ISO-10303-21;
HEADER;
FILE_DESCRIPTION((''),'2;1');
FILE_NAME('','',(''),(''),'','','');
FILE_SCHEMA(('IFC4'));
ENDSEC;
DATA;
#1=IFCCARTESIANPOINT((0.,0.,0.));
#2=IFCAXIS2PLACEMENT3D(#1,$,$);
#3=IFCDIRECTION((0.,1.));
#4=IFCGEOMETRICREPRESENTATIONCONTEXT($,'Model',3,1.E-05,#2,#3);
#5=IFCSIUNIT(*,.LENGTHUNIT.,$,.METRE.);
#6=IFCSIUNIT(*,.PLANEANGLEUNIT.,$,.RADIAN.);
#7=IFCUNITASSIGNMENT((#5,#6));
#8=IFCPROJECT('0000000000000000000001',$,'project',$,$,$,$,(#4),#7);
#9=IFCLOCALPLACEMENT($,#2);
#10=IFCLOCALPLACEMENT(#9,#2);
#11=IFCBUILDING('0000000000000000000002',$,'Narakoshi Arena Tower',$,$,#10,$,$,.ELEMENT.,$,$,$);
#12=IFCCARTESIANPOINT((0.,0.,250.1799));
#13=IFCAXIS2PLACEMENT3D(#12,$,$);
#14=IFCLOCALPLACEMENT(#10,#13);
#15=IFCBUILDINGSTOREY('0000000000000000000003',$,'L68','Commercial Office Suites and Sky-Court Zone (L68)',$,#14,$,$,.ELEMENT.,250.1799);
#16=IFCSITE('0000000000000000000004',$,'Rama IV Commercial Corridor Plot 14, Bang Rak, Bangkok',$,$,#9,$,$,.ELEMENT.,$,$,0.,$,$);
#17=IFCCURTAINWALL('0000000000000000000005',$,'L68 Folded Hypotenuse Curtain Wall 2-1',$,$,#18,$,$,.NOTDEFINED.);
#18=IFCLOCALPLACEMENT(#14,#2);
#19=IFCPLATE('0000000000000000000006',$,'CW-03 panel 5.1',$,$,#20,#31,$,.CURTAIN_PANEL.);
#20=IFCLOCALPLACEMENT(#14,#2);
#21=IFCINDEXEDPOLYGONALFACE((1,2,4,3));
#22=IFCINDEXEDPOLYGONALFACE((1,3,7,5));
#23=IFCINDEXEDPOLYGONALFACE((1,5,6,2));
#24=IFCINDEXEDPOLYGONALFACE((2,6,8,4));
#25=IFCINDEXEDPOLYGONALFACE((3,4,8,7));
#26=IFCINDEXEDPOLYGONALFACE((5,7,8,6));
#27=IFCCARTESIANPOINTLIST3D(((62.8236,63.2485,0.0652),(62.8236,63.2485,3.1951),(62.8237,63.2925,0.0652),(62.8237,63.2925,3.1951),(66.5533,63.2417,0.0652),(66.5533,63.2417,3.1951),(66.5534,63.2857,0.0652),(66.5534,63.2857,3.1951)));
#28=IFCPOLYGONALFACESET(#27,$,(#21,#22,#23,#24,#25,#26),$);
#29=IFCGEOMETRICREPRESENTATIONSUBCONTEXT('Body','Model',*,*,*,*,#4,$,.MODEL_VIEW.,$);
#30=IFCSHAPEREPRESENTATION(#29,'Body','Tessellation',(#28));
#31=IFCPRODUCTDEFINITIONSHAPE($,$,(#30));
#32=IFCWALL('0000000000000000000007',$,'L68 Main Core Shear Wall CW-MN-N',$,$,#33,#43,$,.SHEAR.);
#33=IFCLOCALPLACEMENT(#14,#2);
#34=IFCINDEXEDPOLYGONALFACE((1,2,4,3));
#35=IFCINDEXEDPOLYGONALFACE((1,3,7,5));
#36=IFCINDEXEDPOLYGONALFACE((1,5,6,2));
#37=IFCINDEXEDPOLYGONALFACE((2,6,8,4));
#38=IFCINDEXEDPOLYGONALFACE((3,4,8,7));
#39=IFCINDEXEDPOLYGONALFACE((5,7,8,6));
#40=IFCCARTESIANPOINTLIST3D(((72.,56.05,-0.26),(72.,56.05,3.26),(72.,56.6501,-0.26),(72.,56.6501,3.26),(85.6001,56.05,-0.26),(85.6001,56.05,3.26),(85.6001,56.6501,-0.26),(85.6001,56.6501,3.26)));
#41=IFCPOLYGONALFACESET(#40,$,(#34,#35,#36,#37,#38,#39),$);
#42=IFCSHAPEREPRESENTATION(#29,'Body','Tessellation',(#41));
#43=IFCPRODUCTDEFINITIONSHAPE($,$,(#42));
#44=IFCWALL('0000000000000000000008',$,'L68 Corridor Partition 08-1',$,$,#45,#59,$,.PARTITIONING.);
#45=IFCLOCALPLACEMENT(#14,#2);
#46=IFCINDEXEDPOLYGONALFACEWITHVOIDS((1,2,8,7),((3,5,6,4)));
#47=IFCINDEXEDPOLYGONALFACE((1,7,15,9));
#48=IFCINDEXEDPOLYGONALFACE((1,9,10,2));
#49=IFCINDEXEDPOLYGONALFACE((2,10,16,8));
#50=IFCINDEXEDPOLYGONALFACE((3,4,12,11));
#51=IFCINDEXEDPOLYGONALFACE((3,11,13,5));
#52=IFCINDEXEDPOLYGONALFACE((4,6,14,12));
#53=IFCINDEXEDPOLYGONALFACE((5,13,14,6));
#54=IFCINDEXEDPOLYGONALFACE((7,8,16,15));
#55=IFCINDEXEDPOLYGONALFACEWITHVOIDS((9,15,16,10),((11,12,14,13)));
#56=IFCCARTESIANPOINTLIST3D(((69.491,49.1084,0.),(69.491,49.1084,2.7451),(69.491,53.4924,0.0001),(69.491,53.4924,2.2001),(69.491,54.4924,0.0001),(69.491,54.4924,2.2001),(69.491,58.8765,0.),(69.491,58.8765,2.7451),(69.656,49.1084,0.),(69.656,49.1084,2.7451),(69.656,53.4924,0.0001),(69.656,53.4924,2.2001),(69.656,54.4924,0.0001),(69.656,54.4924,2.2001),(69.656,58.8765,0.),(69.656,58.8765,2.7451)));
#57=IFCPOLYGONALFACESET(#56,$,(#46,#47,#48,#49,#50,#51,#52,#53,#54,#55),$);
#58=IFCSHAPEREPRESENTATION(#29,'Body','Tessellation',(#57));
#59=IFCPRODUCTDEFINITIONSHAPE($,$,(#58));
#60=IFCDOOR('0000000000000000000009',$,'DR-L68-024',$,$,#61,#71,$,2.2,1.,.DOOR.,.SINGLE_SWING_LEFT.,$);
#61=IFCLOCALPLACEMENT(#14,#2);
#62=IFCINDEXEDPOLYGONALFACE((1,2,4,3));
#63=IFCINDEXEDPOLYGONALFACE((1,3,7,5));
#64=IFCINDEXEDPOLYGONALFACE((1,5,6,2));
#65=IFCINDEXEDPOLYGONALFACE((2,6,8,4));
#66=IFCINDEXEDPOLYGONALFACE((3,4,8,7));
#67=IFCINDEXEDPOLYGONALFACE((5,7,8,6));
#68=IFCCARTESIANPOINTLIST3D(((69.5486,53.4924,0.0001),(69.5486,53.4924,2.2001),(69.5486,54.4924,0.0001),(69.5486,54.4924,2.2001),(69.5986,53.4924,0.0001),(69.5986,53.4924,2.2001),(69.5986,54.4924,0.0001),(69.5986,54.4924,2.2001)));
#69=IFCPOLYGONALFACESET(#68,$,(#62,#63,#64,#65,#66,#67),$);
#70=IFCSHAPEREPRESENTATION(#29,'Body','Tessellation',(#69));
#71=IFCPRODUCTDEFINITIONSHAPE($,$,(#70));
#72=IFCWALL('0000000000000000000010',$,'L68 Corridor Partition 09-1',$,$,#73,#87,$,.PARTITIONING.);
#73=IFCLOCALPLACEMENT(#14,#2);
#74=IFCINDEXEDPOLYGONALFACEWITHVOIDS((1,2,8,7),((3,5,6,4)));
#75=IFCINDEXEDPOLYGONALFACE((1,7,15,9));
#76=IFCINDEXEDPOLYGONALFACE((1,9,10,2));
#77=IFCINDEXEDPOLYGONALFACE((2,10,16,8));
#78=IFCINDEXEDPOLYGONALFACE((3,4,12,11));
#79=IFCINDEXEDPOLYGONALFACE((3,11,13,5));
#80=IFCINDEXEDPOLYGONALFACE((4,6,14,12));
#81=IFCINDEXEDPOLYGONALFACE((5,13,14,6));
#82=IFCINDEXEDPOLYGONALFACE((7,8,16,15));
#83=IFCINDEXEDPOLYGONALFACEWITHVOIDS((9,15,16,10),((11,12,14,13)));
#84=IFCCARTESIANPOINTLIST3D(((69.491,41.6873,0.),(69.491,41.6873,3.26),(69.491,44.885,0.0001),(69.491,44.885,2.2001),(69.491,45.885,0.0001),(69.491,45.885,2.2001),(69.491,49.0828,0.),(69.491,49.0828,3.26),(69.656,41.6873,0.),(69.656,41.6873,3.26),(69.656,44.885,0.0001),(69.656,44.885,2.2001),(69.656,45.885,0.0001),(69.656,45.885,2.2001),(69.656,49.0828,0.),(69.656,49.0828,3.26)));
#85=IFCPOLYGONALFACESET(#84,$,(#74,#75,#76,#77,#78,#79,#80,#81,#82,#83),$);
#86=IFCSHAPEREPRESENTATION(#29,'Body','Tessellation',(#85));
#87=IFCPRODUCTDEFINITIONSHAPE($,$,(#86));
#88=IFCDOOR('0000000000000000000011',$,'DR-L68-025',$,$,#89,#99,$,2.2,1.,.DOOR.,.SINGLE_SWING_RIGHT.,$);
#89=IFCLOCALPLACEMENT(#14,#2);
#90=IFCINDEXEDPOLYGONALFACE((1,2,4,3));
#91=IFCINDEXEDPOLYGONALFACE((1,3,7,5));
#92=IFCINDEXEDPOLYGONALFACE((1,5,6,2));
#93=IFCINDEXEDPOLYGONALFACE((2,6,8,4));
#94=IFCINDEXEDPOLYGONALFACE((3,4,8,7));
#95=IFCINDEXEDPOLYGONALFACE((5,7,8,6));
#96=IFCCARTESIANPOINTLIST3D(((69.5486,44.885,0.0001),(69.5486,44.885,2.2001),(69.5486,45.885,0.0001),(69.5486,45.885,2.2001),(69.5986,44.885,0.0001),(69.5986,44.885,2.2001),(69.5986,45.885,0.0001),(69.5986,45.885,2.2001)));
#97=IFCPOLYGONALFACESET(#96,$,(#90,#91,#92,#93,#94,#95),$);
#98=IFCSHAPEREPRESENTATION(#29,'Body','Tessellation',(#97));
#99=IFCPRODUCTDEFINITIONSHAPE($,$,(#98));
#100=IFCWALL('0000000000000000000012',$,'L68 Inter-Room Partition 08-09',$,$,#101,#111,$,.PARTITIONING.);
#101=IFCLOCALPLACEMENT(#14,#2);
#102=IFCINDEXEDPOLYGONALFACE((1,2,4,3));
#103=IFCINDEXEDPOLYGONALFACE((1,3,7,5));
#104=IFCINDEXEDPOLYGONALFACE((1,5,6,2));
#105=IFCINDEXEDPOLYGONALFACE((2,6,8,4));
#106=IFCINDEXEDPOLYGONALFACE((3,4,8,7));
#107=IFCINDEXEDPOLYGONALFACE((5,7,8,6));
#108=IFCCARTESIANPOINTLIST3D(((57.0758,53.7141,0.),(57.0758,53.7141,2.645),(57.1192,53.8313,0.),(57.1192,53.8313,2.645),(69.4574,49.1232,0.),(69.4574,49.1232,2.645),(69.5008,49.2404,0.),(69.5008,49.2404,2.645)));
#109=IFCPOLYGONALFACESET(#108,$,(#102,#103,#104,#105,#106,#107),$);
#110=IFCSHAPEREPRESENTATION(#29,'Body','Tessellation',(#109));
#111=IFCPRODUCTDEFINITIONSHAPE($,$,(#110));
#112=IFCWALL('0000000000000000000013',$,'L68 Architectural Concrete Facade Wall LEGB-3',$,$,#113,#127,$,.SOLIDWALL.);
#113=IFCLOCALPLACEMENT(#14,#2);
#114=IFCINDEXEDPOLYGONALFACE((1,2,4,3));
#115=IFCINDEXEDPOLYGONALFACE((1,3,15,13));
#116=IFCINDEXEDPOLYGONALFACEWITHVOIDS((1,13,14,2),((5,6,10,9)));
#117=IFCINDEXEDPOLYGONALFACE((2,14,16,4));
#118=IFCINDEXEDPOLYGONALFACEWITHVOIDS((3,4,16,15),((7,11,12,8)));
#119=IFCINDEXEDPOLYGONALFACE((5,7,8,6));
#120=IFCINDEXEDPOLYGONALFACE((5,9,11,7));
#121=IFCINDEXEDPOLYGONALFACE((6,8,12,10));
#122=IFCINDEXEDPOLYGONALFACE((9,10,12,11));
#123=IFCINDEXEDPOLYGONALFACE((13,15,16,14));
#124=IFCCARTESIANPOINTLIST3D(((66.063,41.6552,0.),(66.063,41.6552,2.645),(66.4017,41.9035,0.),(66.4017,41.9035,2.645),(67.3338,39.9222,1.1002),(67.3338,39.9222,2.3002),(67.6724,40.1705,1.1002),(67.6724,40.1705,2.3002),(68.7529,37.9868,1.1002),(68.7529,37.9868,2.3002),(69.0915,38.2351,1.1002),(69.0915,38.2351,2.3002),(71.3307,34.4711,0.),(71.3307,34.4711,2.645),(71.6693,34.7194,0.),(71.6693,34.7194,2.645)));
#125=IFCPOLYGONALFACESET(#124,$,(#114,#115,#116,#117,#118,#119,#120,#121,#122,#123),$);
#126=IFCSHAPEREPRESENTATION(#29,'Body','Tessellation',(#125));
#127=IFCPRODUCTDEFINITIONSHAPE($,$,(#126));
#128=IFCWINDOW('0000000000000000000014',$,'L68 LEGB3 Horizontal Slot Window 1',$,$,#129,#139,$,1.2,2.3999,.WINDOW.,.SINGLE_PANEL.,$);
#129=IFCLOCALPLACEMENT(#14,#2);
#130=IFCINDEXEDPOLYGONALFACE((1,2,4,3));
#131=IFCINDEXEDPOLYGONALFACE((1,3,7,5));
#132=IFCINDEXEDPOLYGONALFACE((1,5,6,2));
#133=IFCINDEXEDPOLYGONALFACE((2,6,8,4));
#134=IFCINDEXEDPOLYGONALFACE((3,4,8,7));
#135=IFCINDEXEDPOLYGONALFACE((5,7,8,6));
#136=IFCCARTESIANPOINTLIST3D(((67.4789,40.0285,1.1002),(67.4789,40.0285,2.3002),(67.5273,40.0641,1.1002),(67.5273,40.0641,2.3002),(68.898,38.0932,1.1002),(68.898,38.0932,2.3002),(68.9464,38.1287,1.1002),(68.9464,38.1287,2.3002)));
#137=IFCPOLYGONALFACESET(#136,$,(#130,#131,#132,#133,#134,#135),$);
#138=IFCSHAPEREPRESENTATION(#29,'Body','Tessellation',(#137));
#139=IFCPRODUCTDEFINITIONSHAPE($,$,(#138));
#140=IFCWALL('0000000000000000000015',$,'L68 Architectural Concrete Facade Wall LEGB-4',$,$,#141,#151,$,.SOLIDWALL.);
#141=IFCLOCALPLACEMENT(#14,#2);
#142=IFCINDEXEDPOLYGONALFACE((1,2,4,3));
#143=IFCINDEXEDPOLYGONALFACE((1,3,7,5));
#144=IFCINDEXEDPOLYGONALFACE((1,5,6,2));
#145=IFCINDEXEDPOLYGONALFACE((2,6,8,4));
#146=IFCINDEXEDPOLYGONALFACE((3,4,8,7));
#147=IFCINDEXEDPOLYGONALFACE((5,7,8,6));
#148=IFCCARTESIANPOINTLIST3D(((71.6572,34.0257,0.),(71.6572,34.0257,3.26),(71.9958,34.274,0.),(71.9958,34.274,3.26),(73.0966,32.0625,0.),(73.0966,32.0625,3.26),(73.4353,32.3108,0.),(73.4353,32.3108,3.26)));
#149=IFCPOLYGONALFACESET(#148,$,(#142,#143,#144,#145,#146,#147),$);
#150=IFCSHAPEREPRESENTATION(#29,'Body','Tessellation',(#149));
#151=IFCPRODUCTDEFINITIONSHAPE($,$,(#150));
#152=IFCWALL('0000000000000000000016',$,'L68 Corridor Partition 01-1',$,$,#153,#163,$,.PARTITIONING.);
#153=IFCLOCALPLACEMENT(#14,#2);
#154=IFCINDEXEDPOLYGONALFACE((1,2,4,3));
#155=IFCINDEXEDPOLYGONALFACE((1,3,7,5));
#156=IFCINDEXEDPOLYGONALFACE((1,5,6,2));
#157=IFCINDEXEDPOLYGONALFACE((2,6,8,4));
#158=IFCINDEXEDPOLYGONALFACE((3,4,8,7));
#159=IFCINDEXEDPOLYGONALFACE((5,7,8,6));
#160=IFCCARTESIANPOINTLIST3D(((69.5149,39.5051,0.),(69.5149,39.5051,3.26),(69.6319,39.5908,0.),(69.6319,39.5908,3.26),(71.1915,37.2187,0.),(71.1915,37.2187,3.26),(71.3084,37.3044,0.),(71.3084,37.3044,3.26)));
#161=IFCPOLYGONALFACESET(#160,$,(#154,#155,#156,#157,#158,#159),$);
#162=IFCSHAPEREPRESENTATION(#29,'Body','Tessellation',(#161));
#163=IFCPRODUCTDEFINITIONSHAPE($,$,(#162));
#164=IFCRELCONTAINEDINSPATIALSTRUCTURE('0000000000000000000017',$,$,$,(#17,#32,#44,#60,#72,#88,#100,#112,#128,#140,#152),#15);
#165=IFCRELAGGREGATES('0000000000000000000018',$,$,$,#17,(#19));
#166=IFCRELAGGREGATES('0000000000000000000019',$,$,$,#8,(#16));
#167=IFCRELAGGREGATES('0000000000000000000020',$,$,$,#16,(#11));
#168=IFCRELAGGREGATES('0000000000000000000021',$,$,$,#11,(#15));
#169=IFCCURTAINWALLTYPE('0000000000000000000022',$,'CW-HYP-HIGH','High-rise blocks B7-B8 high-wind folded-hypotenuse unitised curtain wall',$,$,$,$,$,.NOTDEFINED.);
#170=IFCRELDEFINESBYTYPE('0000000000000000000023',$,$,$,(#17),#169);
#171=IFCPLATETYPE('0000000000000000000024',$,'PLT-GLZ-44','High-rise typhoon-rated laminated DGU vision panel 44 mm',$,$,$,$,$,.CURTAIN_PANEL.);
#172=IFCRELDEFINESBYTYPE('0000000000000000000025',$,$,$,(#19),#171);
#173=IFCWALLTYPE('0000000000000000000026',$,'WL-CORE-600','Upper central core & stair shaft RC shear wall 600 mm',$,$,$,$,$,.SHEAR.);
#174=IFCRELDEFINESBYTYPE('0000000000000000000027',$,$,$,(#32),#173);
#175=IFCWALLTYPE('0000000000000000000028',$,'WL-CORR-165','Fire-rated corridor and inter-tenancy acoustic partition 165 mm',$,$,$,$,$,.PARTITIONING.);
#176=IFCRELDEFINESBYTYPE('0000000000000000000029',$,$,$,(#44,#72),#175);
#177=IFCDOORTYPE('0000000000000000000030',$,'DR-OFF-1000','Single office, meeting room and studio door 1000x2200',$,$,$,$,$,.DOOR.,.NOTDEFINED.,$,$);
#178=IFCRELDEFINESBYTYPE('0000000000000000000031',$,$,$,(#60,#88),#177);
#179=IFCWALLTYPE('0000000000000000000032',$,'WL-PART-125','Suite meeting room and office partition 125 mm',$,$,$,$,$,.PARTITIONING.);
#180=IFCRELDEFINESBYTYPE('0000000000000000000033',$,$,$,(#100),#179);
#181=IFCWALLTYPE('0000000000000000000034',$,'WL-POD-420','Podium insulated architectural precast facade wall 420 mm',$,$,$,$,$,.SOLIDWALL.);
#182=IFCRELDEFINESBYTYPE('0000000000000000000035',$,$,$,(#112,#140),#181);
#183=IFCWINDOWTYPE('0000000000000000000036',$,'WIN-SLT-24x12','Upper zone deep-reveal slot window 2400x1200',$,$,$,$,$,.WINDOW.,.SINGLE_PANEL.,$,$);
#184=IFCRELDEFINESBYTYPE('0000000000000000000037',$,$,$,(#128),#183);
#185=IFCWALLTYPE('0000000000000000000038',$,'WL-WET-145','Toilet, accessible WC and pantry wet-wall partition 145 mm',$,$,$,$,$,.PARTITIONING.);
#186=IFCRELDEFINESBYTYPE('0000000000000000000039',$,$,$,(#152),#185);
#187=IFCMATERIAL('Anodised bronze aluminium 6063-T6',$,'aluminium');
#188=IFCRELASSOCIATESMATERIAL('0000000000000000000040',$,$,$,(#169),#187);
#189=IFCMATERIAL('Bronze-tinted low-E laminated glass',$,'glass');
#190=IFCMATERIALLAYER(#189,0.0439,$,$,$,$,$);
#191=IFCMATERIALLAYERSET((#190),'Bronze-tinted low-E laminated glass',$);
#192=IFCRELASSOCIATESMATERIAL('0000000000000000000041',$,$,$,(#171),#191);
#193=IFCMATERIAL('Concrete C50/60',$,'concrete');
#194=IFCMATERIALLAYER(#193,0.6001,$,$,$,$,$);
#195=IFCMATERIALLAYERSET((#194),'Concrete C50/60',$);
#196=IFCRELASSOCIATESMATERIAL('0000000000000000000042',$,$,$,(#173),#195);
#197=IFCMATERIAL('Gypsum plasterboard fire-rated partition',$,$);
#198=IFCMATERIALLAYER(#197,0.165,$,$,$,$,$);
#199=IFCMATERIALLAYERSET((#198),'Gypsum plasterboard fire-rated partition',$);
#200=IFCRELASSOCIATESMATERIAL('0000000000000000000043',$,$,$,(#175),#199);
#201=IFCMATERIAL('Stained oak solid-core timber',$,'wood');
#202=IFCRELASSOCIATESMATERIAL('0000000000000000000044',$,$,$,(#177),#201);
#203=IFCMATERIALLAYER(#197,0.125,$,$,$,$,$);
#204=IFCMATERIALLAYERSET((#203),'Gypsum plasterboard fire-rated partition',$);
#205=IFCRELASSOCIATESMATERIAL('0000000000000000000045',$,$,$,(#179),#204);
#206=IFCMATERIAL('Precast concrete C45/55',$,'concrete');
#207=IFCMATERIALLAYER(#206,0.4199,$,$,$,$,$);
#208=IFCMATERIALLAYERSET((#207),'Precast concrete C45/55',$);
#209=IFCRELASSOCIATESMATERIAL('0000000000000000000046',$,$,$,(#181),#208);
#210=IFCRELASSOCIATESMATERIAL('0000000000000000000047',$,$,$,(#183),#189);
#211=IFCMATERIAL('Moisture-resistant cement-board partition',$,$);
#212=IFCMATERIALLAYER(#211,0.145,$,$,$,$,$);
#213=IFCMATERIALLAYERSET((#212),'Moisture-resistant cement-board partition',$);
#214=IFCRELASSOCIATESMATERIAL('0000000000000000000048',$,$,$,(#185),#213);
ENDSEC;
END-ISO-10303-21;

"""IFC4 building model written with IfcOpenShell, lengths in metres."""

from ifc_helpers import new_model, si_unit, direction, frame, frame_2d, origin, origin_2d, place, context, subcontext, project, spatial, rectangle, extrude, material, layer, layer_set, type_object, element, fill, aggregate, save


model = new_model("IFC4")

# Units and contexts
model_context = context("Model", 3, precision=1e-05, world=origin(), true_north=direction((0.0, 1.0)))
body_context = subcontext(model_context, "Body", "Model", "MODEL_VIEW")
ifc_project = project(units=[si_unit("LENGTHUNIT", "METRE"), si_unit("PLANEANGLEUNIT", "RADIAN")], contexts=[model_context])

# Site, building, storey
site_placement = place(None, origin())
site = spatial("IfcSite", under=ifc_project, at=site_placement, Name="Rama IV Commercial Corridor Plot 14, Bang Rak, Bangkok", CompositionType="ELEMENT", RefElevation=0.0)
building_placement = place(site_placement, origin())
building = spatial("IfcBuilding", under=site, at=building_placement, Name="Narakoshi Arena Tower", CompositionType="ELEMENT")
storey_placement = place(building_placement, frame((0.0, 0.0, 250.1799)))
storey = spatial("IfcBuildingStorey", under=building, at=storey_placement, Name="L68", Description="Commercial Office Suites and Sky-Court Zone (L68)", CompositionType="ELEMENT", Elevation=250.1799)

# Shared definitions
ifc_material_1 = material(Name="Concrete C50/60", Category="concrete")

# Curtain wall, plate
ifc_material_2 = material(Name="Anodised bronze aluminium 6063-T6", Category="aluminium")
curtain_wall_type = type_object("IfcCurtainWallType", Name="CW-HYP-HIGH", Description="High-rise blocks B7-B8 high-wind folded-hypotenuse unitised curtain wall", PredefinedType="NOTDEFINED", material=ifc_material_2)
curtain_wall_placement = place(storey_placement, origin())
curtain_wall = element("IfcCurtainWall", 1, at=curtain_wall_placement, inside=storey, type_object=curtain_wall_type, Name="L68 Folded Hypotenuse Curtain Wall 2-1", PredefinedType="NOTDEFINED")
ifc_material_3 = material(Name="Bronze-tinted low-E laminated glass", Category="glass")
ifc_layer_1 = layer(ifc_material_3, 0.0439)
ifc_layer_set_1 = layer_set([ifc_layer_1], Name="Bronze-tinted low-E laminated glass")
plate_type = type_object("IfcPlateType", Name="PLT-GLZ-44", Description="High-rise typhoon-rated laminated DGU vision panel 44 mm", PredefinedType="CURTAIN_PANEL", material=ifc_layer_set_1)
plate_1_placement = place(storey_placement, frame((64.6885, 63.2671, 0.0652), z_axis=(0.0, 0.0, 1.0), x_axis=(-0.999998, 0.00182, 0.0)))
plate_1 = element("IfcPlate", 2, at=plate_1_placement, type_object=plate_type, Name="CW-03 panel 5.1", PredefinedType="CURTAIN_PANEL", context=body_context, shape_type="SweptSolid", body=[
    extrude(rectangle(XDim=3.7297, YDim=0.0439, at=origin_2d()), origin(), (0.0, 0.0, 1.0), 3.1299),
])
aggregate(curtain_wall, [plate_1])

# Wall
ifc_layer_2 = layer(ifc_material_1, 0.6001)
ifc_layer_set_2 = layer_set([ifc_layer_2], Name="Concrete C50/60")
wall_type_1 = type_object("IfcWallType", Name="WL-CORE-600", Description="Upper central core & stair shaft RC shear wall 600 mm", PredefinedType="SHEAR", material=ifc_layer_set_2)
wall_1_placement = place(storey_placement, frame((72.0, 56.3501, -0.26), z_axis=(0.0, 0.0, 1.0), x_axis=(1.0, 0.0, 0.0)))
element("IfcWall", 3, at=wall_1_placement, inside=storey, type_object=wall_type_1, Name="L68 Main Core Shear Wall CW-MN-N", PredefinedType="SHEAR", context=body_context, shape_type="SweptSolid", body=[
    extrude(rectangle(XDim=13.6001, YDim=0.6001, at=frame_2d((6.8, 0.0))), origin(), (0.0, 0.0, 1.0), 3.52),
])

# Walls, openings, doors
ifc_material_4 = material(Name="Gypsum plasterboard fire-rated partition")
ifc_layer_3 = layer(ifc_material_4, 0.165)
ifc_layer_set_3 = layer_set([ifc_layer_3], Name="Gypsum plasterboard fire-rated partition")
wall_type_2 = type_object("IfcWallType", Name="WL-CORR-165", Description="Fire-rated corridor and inter-tenancy acoustic partition 165 mm", PredefinedType="PARTITIONING", material=ifc_layer_set_3)
wall_2_placement = place(storey_placement, frame((69.5735, 58.8765, 0.0), z_axis=(0.0, 0.0, 1.0), x_axis=(0.0, -1.0, 0.0)))
wall_2 = element("IfcWall", 4, at=wall_2_placement, inside=storey, type_object=wall_type_2, Name="L68 Corridor Partition 08-1", PredefinedType="PARTITIONING", context=body_context, shape_type="SweptSolid", body=[
    extrude(rectangle(XDim=9.7681, YDim=0.165, at=frame_2d((4.884, 0.0))), origin(), (0.0, 0.0, 1.0), 2.7451),
])
opening_1_placement = place(wall_2_placement, frame((4.384, 0.0, 0.0)))
opening_1 = element("IfcOpeningElement", 5, at=opening_1_placement, cuts=wall_2, PredefinedType="OPENING", context=body_context, shape_type="SweptSolid", body=[
    extrude(rectangle(XDim=1.0, YDim=2.2, at=frame_2d((0.5, 1.1001))), frame((0.0, 0.0925, 0.0), z_axis=(0.0, -1.0, 0.0), x_axis=(1.0, 0.0, 0.0)), (0.0, 0.0, 1.0), 0.1851),
])
ifc_material_5 = material(Name="Stained oak solid-core timber", Category="wood")
door_type_1 = type_object("IfcDoorType", Name="DR-OFF-1000", Description="Single office, meeting room and studio door 1000x2200", OperationType="NOTDEFINED", PredefinedType="DOOR", material=ifc_material_5)
door_1_placement = place(opening_1_placement, frame((1.0, 0.0, 0.0), z_axis=(0.0, 0.0, 1.0), x_axis=(-1.0, 0.0, 0.0)))
door_1 = element("IfcDoor", 6, at=door_1_placement, inside=storey, type_object=door_type_1, Name="DR-L68-024", OperationType="SINGLE_SWING_LEFT", OverallHeight=2.2, OverallWidth=1.0, PredefinedType="DOOR", context=body_context, shape_type="SweptSolid", body=[
    extrude(rectangle(XDim=1.0, YDim=2.2, at=frame_2d((0.5, 1.1001))), frame((0.0, 0.0249, 0.0), z_axis=(0.0, -1.0, 0.0), x_axis=(1.0, 0.0, 0.0)), (0.0, 0.0, 1.0), 0.05),
])
fill(opening_1, door_1)
wall_3_placement = place(storey_placement, frame((69.5735, 49.0828, 0.0), z_axis=(0.0, 0.0, 1.0), x_axis=(0.0, -1.0, 0.0)))
wall_3 = element("IfcWall", 7, at=wall_3_placement, inside=storey, type_object=wall_type_2, Name="L68 Corridor Partition 09-1", PredefinedType="PARTITIONING", context=body_context, shape_type="SweptSolid", body=[
    extrude(rectangle(XDim=7.3955, YDim=0.165, at=frame_2d((3.6978, 0.0))), origin(), (0.0, 0.0, 1.0), 3.26),
])
opening_2_placement = place(wall_3_placement, frame((3.1978, 0.0, 0.0)))
opening_2 = element("IfcOpeningElement", 8, at=opening_2_placement, cuts=wall_3, PredefinedType="OPENING", context=body_context, shape_type="SweptSolid", body=[
    extrude(rectangle(XDim=1.0, YDim=2.2, at=frame_2d((0.5, 1.1001))), frame((0.0, 0.0925, 0.0), z_axis=(0.0, -1.0, 0.0), x_axis=(1.0, 0.0, 0.0)), (0.0, 0.0, 1.0), 0.1851),
])
door_2_placement = place(opening_2_placement, frame((1.0, 0.0, 0.0), z_axis=(0.0, 0.0, 1.0), x_axis=(-1.0, 0.0, 0.0)))
door_2 = element("IfcDoor", 9, at=door_2_placement, inside=storey, type_object=door_type_1, Name="DR-L68-025", OperationType="SINGLE_SWING_RIGHT", OverallHeight=2.2, OverallWidth=1.0, PredefinedType="DOOR", context=body_context, shape_type="SweptSolid", body=[
    extrude(rectangle(XDim=1.0, YDim=2.2, at=frame_2d((0.5, 1.1001))), frame((0.0, 0.0249, 0.0), z_axis=(0.0, -1.0, 0.0), x_axis=(1.0, 0.0, 0.0)), (0.0, 0.0, 1.0), 0.05),
])
fill(opening_2, door_2)

# Wall
ifc_layer_4 = layer(ifc_material_4, 0.125)
ifc_layer_set_4 = layer_set([ifc_layer_4], Name="Gypsum plasterboard fire-rated partition")
wall_type_3 = type_object("IfcWallType", Name="WL-PART-125", Description="Suite meeting room and office partition 125 mm", PredefinedType="PARTITIONING", material=ifc_layer_set_4)
wall_4_placement = place(storey_placement, frame((69.479, 49.1819, 0.0), z_axis=(0.0, 0.0, 1.0), x_axis=(-0.937624, 0.34765, 0.0)))
element("IfcWall", 10, at=wall_4_placement, inside=storey, type_object=wall_type_3, Name="L68 Inter-Room Partition 08-09", PredefinedType="PARTITIONING", context=body_context, shape_type="SweptSolid", body=[
    extrude(rectangle(XDim=13.2053, YDim=0.125, at=frame_2d((6.6025, 0.0))), origin(), (0.0, 0.0, 1.0), 2.645),
])

# Wall, opening, window
ifc_material_6 = material(Name="Precast concrete C45/55", Category="concrete")
ifc_layer_5 = layer(ifc_material_6, 0.4199)
ifc_layer_set_5 = layer_set([ifc_layer_5], Name="Precast concrete C45/55")
wall_type_4 = type_object("IfcWallType", Name="WL-POD-420", Description="Podium insulated architectural precast facade wall 420 mm", PredefinedType="SOLIDWALL", material=ifc_layer_set_5)
wall_5_placement = place(storey_placement, frame((66.2324, 41.7793, 0.0), z_axis=(0.0, 0.0, 1.0), x_axis=(0.591309, -0.806445, 0.0)))
wall_5 = element("IfcWall", 11, at=wall_5_placement, inside=storey, type_object=wall_type_4, Name="L68 Architectural Concrete Facade Wall LEGB-3", PredefinedType="SOLIDWALL", context=body_context, shape_type="SweptSolid", body=[
    extrude(rectangle(XDim=8.9084, YDim=0.4199, at=frame_2d((4.4541, 0.0))), origin(), (0.0, 0.0, 1.0), 2.645),
])
opening_3_placement = place(wall_5_placement, frame((2.1489, 0.0, 1.1001)))
opening_3 = element("IfcOpeningElement", 12, at=opening_3_placement, cuts=wall_5, PredefinedType="OPENING", context=body_context, shape_type="SweptSolid", body=[
    extrude(rectangle(XDim=2.3999, YDim=1.2, at=frame_2d((1.2, 0.6001))), frame((0.0, 0.22, 0.0), z_axis=(0.0, -1.0, 0.0), x_axis=(1.0, 0.0, 0.0)), (0.0, 0.0, 1.0), 0.4399),
])
window_type = type_object("IfcWindowType", Name="WIN-SLT-24x12", Description="Upper zone deep-reveal slot window 2400x1200", PartitioningType="SINGLE_PANEL", PredefinedType="WINDOW", material=ifc_material_3)
window_placement = place(opening_3_placement, origin())
window = element("IfcWindow", 13, at=window_placement, inside=storey, type_object=window_type, Name="L68 LEGB3 Horizontal Slot Window 1", OverallHeight=1.2, OverallWidth=2.3999, PartitioningType="SINGLE_PANEL", PredefinedType="WINDOW", context=body_context, shape_type="SweptSolid", body=[
    extrude(rectangle(XDim=2.3999, YDim=1.2, at=frame_2d((1.2, 0.6001))), frame((0.0, 0.03, 0.0), z_axis=(0.0, -1.0, 0.0), x_axis=(1.0, 0.0, 0.0)), (0.0, 0.0, 1.0), 0.0601),
])
fill(opening_3, window)

# Walls
wall_6_placement = place(storey_placement, frame((71.8264, 34.1499, 0.0), z_axis=(0.0, 0.0, 1.0), x_axis=(0.591316, -0.80644, 0.0)))
element("IfcWall", 14, at=wall_6_placement, inside=storey, type_object=wall_type_4, Name="L68 Architectural Concrete Facade Wall LEGB-4", PredefinedType="SOLIDWALL", context=body_context, shape_type="SweptSolid", body=[
    extrude(rectangle(XDim=2.4343, YDim=0.4199, at=frame_2d((1.2173, 0.0))), origin(), (0.0, 0.0, 1.0), 3.26),
])
ifc_material_7 = material(Name="Moisture-resistant cement-board partition")
ifc_layer_6 = layer(ifc_material_7, 0.145)
ifc_layer_set_6 = layer_set([ifc_layer_6], Name="Moisture-resistant cement-board partition")
wall_type_5 = type_object("IfcWallType", Name="WL-WET-145", Description="Toilet, accessible WC and pantry wet-wall partition 145 mm", PredefinedType="PARTITIONING", material=ifc_layer_set_6)
wall_7_placement = place(storey_placement, frame((69.5735, 39.5479, 0.0), z_axis=(0.0, 0.0, 1.0), x_axis=(0.591326, -0.806432, 0.0)))
element("IfcWall", 15, at=wall_7_placement, inside=storey, type_object=wall_type_5, Name="L68 Corridor Partition 01-1", PredefinedType="PARTITIONING", context=body_context, shape_type="SweptSolid", body=[
    extrude(rectangle(XDim=2.8352, YDim=0.145, at=frame_2d((1.4175, 0.0))), origin(), (0.0, 0.0, 1.0), 3.26),
])

save(model, "model.ifc")
